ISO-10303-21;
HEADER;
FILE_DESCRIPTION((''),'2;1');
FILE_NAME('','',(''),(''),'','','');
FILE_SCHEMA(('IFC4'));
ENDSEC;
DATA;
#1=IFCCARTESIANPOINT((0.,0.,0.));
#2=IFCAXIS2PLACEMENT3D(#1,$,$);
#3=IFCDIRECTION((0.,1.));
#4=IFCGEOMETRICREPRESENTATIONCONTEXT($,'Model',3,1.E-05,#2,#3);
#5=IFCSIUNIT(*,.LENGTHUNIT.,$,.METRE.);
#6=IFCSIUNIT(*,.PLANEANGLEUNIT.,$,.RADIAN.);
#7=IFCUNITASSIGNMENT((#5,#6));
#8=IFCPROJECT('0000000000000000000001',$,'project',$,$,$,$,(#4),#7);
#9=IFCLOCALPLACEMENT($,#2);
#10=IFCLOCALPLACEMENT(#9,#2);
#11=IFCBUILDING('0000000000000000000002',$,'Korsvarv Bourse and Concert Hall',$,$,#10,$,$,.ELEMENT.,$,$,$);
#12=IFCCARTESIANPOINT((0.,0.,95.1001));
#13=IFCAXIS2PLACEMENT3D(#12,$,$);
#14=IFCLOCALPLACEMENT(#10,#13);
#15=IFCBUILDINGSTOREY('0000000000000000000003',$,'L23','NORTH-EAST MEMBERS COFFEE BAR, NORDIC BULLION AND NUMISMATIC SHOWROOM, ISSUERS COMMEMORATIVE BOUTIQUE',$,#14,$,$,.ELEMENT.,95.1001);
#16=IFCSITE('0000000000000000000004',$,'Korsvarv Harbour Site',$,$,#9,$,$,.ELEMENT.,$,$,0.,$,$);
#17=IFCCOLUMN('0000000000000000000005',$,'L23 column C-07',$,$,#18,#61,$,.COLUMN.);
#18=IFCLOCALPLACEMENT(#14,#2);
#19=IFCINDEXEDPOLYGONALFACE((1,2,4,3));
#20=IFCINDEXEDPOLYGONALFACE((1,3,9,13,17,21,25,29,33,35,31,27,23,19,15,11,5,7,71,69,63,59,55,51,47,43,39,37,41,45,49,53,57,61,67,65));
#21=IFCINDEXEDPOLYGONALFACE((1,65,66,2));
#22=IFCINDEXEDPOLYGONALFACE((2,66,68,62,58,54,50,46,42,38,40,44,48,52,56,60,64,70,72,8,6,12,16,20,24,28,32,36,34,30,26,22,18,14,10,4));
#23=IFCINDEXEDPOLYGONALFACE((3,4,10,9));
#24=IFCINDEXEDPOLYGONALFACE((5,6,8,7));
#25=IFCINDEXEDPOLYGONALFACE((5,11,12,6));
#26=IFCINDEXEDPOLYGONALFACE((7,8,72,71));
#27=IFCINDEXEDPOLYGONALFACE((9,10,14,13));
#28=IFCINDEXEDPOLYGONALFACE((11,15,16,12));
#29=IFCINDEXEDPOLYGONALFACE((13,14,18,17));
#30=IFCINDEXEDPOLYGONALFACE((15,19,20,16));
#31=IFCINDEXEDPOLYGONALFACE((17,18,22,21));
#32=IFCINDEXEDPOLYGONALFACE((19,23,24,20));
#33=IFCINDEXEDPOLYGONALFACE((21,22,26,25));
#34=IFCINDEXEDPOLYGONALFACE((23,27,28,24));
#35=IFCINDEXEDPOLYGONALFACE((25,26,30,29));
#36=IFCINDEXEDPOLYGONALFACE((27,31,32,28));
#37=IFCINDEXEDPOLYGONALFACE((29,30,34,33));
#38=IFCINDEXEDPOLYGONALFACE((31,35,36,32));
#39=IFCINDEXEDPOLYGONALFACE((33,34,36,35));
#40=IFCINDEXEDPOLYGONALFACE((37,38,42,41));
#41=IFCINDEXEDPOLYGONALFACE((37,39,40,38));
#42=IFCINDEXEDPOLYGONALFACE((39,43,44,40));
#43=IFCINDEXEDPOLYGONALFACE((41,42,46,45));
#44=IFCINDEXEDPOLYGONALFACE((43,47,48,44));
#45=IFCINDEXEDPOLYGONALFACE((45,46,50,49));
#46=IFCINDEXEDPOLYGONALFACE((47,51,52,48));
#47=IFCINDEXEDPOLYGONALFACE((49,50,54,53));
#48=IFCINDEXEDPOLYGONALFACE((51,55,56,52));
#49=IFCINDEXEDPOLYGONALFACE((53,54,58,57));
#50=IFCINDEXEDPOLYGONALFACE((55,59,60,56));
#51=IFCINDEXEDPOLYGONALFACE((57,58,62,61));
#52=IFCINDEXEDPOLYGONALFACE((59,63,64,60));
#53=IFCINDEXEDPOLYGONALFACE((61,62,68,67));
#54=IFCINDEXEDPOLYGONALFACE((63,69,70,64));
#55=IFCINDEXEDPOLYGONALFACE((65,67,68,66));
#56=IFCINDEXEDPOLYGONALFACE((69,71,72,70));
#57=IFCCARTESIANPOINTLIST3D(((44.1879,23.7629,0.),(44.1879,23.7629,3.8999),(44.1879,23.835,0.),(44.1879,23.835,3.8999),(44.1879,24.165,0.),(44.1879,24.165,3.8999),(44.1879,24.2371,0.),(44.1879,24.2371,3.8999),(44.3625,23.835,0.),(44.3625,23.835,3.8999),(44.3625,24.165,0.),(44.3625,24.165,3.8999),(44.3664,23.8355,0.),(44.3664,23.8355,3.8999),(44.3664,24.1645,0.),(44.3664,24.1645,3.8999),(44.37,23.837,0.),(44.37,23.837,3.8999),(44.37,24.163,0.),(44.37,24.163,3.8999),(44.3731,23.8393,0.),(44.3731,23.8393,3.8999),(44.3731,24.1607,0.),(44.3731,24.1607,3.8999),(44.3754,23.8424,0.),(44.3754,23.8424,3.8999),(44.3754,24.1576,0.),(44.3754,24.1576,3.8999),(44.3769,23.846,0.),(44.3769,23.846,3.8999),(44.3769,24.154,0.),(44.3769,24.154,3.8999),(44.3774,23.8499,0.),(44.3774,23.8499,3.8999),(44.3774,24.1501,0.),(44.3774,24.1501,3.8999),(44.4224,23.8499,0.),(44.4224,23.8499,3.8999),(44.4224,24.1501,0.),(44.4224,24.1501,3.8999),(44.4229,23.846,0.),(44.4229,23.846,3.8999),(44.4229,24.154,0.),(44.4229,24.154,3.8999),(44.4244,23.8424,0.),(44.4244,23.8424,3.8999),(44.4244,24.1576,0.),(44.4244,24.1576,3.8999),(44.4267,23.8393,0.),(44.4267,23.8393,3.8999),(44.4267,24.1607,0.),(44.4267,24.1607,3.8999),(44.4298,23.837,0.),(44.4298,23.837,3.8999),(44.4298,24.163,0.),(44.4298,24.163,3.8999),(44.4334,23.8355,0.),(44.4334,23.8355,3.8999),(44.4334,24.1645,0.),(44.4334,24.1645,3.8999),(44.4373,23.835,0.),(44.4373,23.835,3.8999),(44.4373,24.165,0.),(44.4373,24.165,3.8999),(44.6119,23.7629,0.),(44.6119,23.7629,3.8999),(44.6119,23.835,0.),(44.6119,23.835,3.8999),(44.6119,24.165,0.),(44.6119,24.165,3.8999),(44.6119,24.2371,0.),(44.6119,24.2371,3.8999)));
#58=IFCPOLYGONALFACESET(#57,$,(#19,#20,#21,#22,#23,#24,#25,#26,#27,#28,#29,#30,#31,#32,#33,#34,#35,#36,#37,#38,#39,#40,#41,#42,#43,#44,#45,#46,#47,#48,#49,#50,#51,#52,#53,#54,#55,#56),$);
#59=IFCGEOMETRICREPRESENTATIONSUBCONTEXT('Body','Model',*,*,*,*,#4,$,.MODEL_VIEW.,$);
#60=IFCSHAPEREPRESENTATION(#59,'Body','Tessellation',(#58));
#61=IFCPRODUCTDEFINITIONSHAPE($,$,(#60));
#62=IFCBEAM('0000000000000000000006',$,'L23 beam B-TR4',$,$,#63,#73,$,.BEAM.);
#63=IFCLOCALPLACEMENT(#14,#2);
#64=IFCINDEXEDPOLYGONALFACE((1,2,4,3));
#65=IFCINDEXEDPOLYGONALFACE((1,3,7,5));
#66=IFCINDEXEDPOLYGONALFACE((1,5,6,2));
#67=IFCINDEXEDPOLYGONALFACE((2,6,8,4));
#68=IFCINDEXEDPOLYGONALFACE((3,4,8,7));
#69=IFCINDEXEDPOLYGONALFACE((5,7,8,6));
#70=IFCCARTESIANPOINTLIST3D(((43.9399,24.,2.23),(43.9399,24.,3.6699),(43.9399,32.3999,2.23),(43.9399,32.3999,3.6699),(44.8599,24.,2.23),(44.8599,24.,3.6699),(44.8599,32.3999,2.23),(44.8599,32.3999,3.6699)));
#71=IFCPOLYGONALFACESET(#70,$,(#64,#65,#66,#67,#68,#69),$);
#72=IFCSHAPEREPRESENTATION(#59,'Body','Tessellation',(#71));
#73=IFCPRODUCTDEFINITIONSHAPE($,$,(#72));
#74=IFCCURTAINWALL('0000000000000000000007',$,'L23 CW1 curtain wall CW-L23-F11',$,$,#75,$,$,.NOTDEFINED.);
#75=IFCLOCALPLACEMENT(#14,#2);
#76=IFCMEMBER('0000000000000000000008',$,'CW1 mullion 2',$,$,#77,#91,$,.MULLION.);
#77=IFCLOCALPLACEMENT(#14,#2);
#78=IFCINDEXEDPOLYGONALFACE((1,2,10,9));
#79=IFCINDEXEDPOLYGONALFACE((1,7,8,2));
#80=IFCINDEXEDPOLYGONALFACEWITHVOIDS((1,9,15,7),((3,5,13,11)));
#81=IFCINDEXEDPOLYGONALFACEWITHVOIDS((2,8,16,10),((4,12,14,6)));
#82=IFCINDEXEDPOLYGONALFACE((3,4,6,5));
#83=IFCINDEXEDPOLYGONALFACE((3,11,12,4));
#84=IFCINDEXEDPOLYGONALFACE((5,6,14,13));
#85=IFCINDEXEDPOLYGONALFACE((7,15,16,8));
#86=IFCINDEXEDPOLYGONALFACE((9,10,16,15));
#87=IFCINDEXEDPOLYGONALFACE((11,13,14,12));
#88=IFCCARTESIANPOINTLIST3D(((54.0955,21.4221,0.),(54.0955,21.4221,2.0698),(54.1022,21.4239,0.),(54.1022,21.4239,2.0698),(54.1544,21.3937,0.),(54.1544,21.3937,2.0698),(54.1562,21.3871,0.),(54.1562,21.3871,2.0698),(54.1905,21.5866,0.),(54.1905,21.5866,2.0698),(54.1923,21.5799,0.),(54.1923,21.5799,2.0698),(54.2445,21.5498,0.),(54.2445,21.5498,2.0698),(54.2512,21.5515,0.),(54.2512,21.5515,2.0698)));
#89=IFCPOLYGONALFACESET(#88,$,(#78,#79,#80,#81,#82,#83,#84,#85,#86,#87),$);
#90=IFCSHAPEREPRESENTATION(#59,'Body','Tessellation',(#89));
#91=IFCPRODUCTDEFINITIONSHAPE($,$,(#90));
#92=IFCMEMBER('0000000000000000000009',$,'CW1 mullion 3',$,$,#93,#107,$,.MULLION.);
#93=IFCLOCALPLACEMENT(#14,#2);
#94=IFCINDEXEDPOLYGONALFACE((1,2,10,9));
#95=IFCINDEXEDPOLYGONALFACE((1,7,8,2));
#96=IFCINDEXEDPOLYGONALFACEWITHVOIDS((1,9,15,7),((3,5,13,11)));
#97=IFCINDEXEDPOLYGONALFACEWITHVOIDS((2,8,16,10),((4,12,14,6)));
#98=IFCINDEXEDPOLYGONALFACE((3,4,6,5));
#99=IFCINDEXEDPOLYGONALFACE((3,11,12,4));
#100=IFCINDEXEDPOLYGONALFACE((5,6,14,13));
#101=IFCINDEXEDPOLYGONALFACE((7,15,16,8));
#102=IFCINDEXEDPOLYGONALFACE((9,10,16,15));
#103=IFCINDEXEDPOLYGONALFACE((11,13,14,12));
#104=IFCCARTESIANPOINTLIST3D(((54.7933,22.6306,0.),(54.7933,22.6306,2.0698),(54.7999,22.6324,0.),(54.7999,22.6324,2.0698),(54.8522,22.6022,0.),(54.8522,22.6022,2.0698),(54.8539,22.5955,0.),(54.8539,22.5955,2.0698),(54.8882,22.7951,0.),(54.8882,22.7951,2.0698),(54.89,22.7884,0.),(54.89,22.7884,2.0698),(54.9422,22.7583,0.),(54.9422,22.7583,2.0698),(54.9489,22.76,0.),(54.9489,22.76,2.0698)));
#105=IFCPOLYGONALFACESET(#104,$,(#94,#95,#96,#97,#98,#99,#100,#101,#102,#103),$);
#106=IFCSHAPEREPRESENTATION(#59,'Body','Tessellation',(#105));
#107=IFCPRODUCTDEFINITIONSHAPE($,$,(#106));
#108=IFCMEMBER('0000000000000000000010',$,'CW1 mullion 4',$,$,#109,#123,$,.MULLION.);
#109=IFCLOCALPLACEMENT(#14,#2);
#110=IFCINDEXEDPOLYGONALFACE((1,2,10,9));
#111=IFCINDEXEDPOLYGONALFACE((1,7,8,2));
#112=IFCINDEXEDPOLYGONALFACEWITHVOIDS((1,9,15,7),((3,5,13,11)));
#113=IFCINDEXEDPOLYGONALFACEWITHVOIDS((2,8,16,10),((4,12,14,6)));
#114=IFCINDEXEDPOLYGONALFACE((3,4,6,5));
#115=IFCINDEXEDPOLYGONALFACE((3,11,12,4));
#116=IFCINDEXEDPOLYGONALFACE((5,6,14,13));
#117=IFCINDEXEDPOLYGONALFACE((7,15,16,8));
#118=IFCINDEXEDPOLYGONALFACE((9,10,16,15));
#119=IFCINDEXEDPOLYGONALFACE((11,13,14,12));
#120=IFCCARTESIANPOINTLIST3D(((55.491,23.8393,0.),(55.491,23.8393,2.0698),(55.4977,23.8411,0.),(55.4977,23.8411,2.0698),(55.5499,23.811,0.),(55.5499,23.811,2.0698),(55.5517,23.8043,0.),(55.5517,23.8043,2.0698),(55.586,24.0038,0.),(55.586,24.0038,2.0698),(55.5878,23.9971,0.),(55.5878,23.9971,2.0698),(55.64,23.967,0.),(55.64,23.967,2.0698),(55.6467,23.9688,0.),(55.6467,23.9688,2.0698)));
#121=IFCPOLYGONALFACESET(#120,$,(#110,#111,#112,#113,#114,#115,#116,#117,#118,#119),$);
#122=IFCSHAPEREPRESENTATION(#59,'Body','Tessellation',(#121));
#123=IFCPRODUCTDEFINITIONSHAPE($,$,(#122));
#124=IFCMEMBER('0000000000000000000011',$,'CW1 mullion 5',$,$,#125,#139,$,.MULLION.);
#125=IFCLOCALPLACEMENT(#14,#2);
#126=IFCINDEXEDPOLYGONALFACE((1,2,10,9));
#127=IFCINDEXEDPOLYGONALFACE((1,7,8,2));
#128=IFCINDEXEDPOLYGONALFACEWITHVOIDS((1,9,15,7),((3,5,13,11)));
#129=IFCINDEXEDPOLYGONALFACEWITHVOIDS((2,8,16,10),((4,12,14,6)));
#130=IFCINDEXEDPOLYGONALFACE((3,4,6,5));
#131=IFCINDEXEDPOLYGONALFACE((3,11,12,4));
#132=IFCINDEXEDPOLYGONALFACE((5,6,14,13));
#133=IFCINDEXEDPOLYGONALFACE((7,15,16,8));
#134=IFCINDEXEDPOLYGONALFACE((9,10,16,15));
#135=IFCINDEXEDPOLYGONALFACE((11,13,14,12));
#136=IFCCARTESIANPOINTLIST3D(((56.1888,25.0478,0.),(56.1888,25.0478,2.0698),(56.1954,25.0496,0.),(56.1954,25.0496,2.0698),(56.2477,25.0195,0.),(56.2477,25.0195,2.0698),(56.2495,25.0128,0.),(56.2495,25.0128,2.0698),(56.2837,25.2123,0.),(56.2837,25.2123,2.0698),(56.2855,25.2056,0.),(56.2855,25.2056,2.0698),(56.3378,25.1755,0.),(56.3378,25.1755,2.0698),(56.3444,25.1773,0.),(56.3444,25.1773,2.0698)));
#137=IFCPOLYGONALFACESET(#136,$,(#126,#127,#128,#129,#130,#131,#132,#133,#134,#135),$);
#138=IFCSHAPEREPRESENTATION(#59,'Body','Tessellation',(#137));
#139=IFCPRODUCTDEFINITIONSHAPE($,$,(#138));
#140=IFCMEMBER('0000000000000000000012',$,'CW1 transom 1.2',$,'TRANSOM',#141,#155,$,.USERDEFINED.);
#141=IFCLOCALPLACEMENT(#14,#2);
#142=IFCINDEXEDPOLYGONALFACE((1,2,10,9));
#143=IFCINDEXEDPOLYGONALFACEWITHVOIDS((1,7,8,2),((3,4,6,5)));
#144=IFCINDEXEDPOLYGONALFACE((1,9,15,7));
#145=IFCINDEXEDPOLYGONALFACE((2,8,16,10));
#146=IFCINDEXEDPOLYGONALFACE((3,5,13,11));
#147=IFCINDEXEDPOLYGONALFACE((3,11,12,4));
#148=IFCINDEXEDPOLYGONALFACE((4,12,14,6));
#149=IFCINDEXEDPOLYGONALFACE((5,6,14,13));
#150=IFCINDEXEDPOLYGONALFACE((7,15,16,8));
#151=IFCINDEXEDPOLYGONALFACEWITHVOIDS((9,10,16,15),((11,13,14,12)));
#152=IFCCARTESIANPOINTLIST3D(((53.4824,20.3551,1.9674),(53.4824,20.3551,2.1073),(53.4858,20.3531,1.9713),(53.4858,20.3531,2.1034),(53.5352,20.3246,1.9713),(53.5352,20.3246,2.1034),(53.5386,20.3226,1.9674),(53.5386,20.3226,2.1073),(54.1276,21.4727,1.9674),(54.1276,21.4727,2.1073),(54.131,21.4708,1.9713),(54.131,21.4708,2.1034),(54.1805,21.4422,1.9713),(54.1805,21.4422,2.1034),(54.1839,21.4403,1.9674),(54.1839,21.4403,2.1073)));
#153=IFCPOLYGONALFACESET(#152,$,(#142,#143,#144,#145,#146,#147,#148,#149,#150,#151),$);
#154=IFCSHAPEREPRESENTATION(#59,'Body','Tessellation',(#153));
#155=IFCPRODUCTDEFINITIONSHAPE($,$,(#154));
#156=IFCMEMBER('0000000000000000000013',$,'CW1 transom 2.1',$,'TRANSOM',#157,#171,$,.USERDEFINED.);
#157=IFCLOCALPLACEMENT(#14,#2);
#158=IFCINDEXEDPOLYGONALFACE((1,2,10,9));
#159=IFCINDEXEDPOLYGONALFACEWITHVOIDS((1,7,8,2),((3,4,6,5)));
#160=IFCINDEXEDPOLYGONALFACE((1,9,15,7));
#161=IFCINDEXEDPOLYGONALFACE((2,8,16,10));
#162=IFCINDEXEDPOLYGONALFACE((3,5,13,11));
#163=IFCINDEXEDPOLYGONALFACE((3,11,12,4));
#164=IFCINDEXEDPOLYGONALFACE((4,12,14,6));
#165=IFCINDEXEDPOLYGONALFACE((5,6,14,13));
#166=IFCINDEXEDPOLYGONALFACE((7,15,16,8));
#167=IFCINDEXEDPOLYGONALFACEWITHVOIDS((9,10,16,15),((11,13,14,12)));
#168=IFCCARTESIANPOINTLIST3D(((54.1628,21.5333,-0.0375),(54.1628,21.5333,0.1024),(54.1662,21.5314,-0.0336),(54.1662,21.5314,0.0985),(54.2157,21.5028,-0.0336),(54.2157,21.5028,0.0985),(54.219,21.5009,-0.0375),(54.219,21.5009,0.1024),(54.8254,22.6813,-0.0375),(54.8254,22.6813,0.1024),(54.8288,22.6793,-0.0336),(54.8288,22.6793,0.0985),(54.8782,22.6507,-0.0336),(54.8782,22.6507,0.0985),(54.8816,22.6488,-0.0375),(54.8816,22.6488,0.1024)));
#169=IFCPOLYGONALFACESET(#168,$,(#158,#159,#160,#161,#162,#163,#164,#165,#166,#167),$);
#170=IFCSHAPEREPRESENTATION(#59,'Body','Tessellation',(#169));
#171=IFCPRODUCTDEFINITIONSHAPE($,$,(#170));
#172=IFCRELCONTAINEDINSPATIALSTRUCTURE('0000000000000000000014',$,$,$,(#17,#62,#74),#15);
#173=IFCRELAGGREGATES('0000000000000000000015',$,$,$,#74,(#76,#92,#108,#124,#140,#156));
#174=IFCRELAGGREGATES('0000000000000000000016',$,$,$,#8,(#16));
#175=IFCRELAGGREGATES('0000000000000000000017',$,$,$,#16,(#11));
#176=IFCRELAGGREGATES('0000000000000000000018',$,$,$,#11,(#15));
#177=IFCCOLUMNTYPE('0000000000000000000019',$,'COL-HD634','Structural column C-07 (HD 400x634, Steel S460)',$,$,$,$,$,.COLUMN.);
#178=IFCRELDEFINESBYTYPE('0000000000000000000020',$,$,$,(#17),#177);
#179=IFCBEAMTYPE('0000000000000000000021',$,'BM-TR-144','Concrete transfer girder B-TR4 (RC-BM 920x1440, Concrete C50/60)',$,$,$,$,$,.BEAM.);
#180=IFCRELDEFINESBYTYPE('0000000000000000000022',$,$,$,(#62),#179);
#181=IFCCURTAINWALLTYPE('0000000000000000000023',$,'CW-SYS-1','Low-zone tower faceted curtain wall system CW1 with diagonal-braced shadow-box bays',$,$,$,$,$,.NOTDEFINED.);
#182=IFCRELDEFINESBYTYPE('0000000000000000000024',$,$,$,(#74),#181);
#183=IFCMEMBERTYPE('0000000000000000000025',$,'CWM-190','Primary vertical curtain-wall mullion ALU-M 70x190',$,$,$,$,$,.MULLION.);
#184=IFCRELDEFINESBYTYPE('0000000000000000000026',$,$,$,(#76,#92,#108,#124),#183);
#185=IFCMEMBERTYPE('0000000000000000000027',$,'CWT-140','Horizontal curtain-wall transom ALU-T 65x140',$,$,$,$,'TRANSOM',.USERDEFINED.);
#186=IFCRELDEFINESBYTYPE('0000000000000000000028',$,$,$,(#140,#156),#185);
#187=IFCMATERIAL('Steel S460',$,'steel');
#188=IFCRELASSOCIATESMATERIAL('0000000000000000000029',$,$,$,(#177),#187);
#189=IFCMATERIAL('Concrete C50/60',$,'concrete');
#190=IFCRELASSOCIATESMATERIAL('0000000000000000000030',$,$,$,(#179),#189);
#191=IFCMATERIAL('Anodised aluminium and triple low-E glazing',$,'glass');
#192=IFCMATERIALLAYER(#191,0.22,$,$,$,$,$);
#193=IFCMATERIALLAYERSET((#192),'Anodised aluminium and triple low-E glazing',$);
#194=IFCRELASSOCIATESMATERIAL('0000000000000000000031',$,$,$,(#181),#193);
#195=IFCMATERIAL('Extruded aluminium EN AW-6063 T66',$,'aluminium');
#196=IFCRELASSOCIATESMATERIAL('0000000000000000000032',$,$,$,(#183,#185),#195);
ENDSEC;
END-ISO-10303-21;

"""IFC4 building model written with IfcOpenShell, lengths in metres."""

from ifc_helpers import new_model, si_unit, direction, frame, origin, origin_2d, place, context, subcontext, project, spatial, rectangle, hollow_rectangle, i_section, extrude, source, transform, mapped, material, layer, layer_set, material_profile, profile_set, type_object, element, aggregate, save


model = new_model("IFC4")

# Units and contexts
model_context = context("Model", 3, precision=1e-05, world=origin(), true_north=direction((0.0, 1.0)))
body_context = subcontext(model_context, "Body", "Model", "MODEL_VIEW")
ifc_project = project(units=[si_unit("LENGTHUNIT", "METRE"), si_unit("PLANEANGLEUNIT", "RADIAN")], contexts=[model_context])

# Site, building, storey
site_placement = place(None, origin())
site = spatial("IfcSite", under=ifc_project, at=site_placement, Name="Korsvarv Harbour Site", CompositionType="ELEMENT", RefElevation=0.0)
building_placement = place(site_placement, origin())
building = spatial("IfcBuilding", under=site, at=building_placement, Name="Korsvarv Bourse and Concert Hall", CompositionType="ELEMENT")
storey_placement = place(building_placement, frame((0.0, 0.0, 95.1001)))
storey = spatial("IfcBuildingStorey", under=building, at=storey_placement, Name="L23", Description="NORTH-EAST MEMBERS COFFEE BAR, NORDIC BULLION AND NUMISMATIC SHOWROOM, ISSUERS COMMEMORATIVE BOUTIQUE", CompositionType="ELEMENT", Elevation=95.1001)

# Column
ifc_material_1 = material(Name="Steel S460", Category="steel")
ifc_material_profile_1 = material_profile(ifc_material_1, i_section(OverallWidth=0.4241, OverallDepth=0.4741, WebThickness=0.0449, FlangeThickness=0.072, FilletRadius=0.0149, at=origin_2d()), Name="HD 400x634")
ifc_profile_set_1 = profile_set([ifc_material_profile_1], Name="Steel S460")
column_type = type_object("IfcColumnType", Name="COL-HD634", Description="Structural column C-07 (HD 400x634, Steel S460)", PredefinedType="COLUMN", material=ifc_profile_set_1)
shared_shape_1 = source(origin(), body_context, "Body", "SweptSolid", [
    extrude(i_section(OverallWidth=0.4241, OverallDepth=0.4741, WebThickness=0.0449, FlangeThickness=0.072, FilletRadius=0.0149, at=origin_2d()), origin(), (0.0, 0.0, 1.0), 3.8999),
])
column_placement = place(storey_placement, frame((44.3999, 24.0, 0.0), z_axis=(0.0, 0.0, 1.0), x_axis=(1.0, 0.0, 0.0)))
element("IfcColumn", 1, at=column_placement, inside=storey, type_object=column_type, Name="L23 column C-07", PredefinedType="COLUMN", context=body_context, shape_type="MappedRepresentation", body=[
    mapped(shared_shape_1, transform((0.0, 0.0, 0.0), scale=1.0)),
])

# Beam
ifc_material_2 = material(Name="Concrete C50/60", Category="concrete")
ifc_material_profile_2 = material_profile(ifc_material_2, rectangle(XDim=0.9199, YDim=1.4399, at=origin_2d()), Name="RC-BM 920x1440")
ifc_profile_set_2 = profile_set([ifc_material_profile_2], Name="Concrete C50/60")
beam_type = type_object("IfcBeamType", Name="BM-TR-144", Description="Concrete transfer girder B-TR4 (RC-BM 920x1440, Concrete C50/60)", PredefinedType="BEAM", material=ifc_profile_set_2)
shared_shape_2 = source(origin(), body_context, "Body", "SweptSolid", [
    extrude(rectangle(XDim=0.9199, YDim=1.4399, at=origin_2d()), origin(), (0.0, 0.0, 1.0), 8.3999),
])
beam_placement = place(storey_placement, frame((44.3999, 24.0, 2.95), z_axis=(0.0, 1.0, 0.0), x_axis=(-1.0, 0.0, 0.0)))
element("IfcBeam", 2, at=beam_placement, inside=storey, type_object=beam_type, Name="L23 beam B-TR4", PredefinedType="BEAM", context=body_context, shape_type="MappedRepresentation", body=[
    mapped(shared_shape_2, transform((0.0, 0.0, 0.0), scale=1.0)),
])

# Curtain wall, members
ifc_material_3 = material(Name="Anodised aluminium and triple low-E glazing", Category="glass")
ifc_layer_1 = layer(ifc_material_3, 0.22)
ifc_layer_set_1 = layer_set([ifc_layer_1], Name="Anodised aluminium and triple low-E glazing")
curtain_wall_type = type_object("IfcCurtainWallType", Name="CW-SYS-1", Description="Low-zone tower faceted curtain wall system CW1 with diagonal-braced shadow-box bays", PredefinedType="NOTDEFINED", material=ifc_layer_set_1)
curtain_wall_placement = place(storey_placement, origin())
curtain_wall = element("IfcCurtainWall", 3, at=curtain_wall_placement, inside=storey, type_object=curtain_wall_type, Name="L23 CW1 curtain wall CW-L23-F11", PredefinedType="NOTDEFINED")
ifc_material_4 = material(Name="Extruded aluminium EN AW-6063 T66", Category="aluminium")
ifc_material_profile_3 = material_profile(ifc_material_4, hollow_rectangle(XDim=0.0701, YDim=0.1899, WallThickness=0.0049, at=origin_2d()), Name="ALU-M 70x190")
ifc_profile_set_3 = profile_set([ifc_material_profile_3], Name="Extruded aluminium EN AW-6063 T66")
member_type_1 = type_object("IfcMemberType", Name="CWM-190", Description="Primary vertical curtain-wall mullion ALU-M 70x190", PredefinedType="MULLION", material=ifc_profile_set_3)
shared_shape_3 = source(origin(), body_context, "Body", "SweptSolid", [
    extrude(hollow_rectangle(XDim=0.0701, YDim=0.1899, WallThickness=0.0049, at=origin_2d()), origin(), (0.0, 0.0, 1.0), 2.0698),
])
member_1_placement = place(storey_placement, frame((54.1733, 21.4868, 0.0), z_axis=(0.0, 0.0, 1.0), x_axis=(-0.866026, 0.499999, 0.0)))
member_1 = element("IfcMember", 4, at=member_1_placement, type_object=member_type_1, Name="CW1 mullion 2", PredefinedType="MULLION", context=body_context, shape_type="MappedRepresentation", body=[
    mapped(shared_shape_3, transform((0.0, 0.0, 0.0), scale=1.0)),
])
member_2_placement = place(storey_placement, frame((54.8711, 22.6953, 0.0), z_axis=(0.0, 0.0, 1.0), x_axis=(-0.866026, 0.499999, 0.0)))
member_2 = element("IfcMember", 5, at=member_2_placement, type_object=member_type_1, Name="CW1 mullion 3", PredefinedType="MULLION", context=body_context, shape_type="MappedRepresentation", body=[
    mapped(shared_shape_3, transform((0.0, 0.0, 0.0), scale=1.0)),
])
member_3_placement = place(storey_placement, frame((55.5688, 23.9041, 0.0), z_axis=(0.0, 0.0, 1.0), x_axis=(-0.866026, 0.499999, 0.0)))
member_3 = element("IfcMember", 6, at=member_3_placement, type_object=member_type_1, Name="CW1 mullion 4", PredefinedType="MULLION", context=body_context, shape_type="MappedRepresentation", body=[
    mapped(shared_shape_3, transform((0.0, 0.0, 0.0), scale=1.0)),
])
member_4_placement = place(storey_placement, frame((56.2666, 25.1125, 0.0), z_axis=(0.0, 0.0, 1.0), x_axis=(-0.866026, 0.499999, 0.0)))
member_4 = element("IfcMember", 7, at=member_4_placement, type_object=member_type_1, Name="CW1 mullion 5", PredefinedType="MULLION", context=body_context, shape_type="MappedRepresentation", body=[
    mapped(shared_shape_3, transform((0.0, 0.0, 0.0), scale=1.0)),
])
ifc_material_profile_4 = material_profile(ifc_material_4, hollow_rectangle(XDim=0.0649, YDim=0.1399, WallThickness=0.0039, at=origin_2d()), Name="ALU-T 65x140")
ifc_profile_set_4 = profile_set([ifc_material_profile_4], Name="Extruded aluminium EN AW-6063 T66")
member_type_2 = type_object("IfcMemberType", Name="CWT-140", Description="Horizontal curtain-wall transom ALU-T 65x140", ElementType="TRANSOM", PredefinedType="USERDEFINED", material=ifc_profile_set_4)
shared_shape_4 = source(origin(), body_context, "Body", "SweptSolid", [
    extrude(hollow_rectangle(XDim=0.0649, YDim=0.1399, WallThickness=0.0039, at=origin_2d()), origin(), (0.0, 0.0, 1.0), 1.2905),
])
member_5_placement = place(storey_placement, frame((53.5105, 20.3389, 2.0374), z_axis=(0.499984, 0.866034, 0.0), x_axis=(-0.866034, 0.499984, 0.0)))
member_5 = element("IfcMember", 8, at=member_5_placement, type_object=member_type_2, Name="CW1 transom 1.2", ObjectType="TRANSOM", PredefinedType="USERDEFINED", context=body_context, shape_type="MappedRepresentation", body=[
    mapped(shared_shape_4, transform((0.0, 0.0, 0.0), scale=1.0)),
])
shared_shape_5 = source(origin(), body_context, "Body", "SweptSolid", [
    extrude(hollow_rectangle(XDim=0.0649, YDim=0.1399, WallThickness=0.0039, at=origin_2d()), origin(), (0.0, 0.0, 1.0), 1.3254),
])
member_6_placement = place(storey_placement, frame((54.1909, 21.5171, 0.0325), z_axis=(0.499903, 0.866081, 0.0), x_axis=(-0.866081, 0.499903, 0.0)))
member_6 = element("IfcMember", 9, at=member_6_placement, type_object=member_type_2, Name="CW1 transom 2.1", ObjectType="TRANSOM", PredefinedType="USERDEFINED", context=body_context, shape_type="MappedRepresentation", body=[
    mapped(shared_shape_5, transform((0.0, 0.0, 0.0), scale=1.0)),
])
aggregate(curtain_wall, [member_1, member_2, member_3, member_4, member_5, member_6])

save(model, "model.ifc")
